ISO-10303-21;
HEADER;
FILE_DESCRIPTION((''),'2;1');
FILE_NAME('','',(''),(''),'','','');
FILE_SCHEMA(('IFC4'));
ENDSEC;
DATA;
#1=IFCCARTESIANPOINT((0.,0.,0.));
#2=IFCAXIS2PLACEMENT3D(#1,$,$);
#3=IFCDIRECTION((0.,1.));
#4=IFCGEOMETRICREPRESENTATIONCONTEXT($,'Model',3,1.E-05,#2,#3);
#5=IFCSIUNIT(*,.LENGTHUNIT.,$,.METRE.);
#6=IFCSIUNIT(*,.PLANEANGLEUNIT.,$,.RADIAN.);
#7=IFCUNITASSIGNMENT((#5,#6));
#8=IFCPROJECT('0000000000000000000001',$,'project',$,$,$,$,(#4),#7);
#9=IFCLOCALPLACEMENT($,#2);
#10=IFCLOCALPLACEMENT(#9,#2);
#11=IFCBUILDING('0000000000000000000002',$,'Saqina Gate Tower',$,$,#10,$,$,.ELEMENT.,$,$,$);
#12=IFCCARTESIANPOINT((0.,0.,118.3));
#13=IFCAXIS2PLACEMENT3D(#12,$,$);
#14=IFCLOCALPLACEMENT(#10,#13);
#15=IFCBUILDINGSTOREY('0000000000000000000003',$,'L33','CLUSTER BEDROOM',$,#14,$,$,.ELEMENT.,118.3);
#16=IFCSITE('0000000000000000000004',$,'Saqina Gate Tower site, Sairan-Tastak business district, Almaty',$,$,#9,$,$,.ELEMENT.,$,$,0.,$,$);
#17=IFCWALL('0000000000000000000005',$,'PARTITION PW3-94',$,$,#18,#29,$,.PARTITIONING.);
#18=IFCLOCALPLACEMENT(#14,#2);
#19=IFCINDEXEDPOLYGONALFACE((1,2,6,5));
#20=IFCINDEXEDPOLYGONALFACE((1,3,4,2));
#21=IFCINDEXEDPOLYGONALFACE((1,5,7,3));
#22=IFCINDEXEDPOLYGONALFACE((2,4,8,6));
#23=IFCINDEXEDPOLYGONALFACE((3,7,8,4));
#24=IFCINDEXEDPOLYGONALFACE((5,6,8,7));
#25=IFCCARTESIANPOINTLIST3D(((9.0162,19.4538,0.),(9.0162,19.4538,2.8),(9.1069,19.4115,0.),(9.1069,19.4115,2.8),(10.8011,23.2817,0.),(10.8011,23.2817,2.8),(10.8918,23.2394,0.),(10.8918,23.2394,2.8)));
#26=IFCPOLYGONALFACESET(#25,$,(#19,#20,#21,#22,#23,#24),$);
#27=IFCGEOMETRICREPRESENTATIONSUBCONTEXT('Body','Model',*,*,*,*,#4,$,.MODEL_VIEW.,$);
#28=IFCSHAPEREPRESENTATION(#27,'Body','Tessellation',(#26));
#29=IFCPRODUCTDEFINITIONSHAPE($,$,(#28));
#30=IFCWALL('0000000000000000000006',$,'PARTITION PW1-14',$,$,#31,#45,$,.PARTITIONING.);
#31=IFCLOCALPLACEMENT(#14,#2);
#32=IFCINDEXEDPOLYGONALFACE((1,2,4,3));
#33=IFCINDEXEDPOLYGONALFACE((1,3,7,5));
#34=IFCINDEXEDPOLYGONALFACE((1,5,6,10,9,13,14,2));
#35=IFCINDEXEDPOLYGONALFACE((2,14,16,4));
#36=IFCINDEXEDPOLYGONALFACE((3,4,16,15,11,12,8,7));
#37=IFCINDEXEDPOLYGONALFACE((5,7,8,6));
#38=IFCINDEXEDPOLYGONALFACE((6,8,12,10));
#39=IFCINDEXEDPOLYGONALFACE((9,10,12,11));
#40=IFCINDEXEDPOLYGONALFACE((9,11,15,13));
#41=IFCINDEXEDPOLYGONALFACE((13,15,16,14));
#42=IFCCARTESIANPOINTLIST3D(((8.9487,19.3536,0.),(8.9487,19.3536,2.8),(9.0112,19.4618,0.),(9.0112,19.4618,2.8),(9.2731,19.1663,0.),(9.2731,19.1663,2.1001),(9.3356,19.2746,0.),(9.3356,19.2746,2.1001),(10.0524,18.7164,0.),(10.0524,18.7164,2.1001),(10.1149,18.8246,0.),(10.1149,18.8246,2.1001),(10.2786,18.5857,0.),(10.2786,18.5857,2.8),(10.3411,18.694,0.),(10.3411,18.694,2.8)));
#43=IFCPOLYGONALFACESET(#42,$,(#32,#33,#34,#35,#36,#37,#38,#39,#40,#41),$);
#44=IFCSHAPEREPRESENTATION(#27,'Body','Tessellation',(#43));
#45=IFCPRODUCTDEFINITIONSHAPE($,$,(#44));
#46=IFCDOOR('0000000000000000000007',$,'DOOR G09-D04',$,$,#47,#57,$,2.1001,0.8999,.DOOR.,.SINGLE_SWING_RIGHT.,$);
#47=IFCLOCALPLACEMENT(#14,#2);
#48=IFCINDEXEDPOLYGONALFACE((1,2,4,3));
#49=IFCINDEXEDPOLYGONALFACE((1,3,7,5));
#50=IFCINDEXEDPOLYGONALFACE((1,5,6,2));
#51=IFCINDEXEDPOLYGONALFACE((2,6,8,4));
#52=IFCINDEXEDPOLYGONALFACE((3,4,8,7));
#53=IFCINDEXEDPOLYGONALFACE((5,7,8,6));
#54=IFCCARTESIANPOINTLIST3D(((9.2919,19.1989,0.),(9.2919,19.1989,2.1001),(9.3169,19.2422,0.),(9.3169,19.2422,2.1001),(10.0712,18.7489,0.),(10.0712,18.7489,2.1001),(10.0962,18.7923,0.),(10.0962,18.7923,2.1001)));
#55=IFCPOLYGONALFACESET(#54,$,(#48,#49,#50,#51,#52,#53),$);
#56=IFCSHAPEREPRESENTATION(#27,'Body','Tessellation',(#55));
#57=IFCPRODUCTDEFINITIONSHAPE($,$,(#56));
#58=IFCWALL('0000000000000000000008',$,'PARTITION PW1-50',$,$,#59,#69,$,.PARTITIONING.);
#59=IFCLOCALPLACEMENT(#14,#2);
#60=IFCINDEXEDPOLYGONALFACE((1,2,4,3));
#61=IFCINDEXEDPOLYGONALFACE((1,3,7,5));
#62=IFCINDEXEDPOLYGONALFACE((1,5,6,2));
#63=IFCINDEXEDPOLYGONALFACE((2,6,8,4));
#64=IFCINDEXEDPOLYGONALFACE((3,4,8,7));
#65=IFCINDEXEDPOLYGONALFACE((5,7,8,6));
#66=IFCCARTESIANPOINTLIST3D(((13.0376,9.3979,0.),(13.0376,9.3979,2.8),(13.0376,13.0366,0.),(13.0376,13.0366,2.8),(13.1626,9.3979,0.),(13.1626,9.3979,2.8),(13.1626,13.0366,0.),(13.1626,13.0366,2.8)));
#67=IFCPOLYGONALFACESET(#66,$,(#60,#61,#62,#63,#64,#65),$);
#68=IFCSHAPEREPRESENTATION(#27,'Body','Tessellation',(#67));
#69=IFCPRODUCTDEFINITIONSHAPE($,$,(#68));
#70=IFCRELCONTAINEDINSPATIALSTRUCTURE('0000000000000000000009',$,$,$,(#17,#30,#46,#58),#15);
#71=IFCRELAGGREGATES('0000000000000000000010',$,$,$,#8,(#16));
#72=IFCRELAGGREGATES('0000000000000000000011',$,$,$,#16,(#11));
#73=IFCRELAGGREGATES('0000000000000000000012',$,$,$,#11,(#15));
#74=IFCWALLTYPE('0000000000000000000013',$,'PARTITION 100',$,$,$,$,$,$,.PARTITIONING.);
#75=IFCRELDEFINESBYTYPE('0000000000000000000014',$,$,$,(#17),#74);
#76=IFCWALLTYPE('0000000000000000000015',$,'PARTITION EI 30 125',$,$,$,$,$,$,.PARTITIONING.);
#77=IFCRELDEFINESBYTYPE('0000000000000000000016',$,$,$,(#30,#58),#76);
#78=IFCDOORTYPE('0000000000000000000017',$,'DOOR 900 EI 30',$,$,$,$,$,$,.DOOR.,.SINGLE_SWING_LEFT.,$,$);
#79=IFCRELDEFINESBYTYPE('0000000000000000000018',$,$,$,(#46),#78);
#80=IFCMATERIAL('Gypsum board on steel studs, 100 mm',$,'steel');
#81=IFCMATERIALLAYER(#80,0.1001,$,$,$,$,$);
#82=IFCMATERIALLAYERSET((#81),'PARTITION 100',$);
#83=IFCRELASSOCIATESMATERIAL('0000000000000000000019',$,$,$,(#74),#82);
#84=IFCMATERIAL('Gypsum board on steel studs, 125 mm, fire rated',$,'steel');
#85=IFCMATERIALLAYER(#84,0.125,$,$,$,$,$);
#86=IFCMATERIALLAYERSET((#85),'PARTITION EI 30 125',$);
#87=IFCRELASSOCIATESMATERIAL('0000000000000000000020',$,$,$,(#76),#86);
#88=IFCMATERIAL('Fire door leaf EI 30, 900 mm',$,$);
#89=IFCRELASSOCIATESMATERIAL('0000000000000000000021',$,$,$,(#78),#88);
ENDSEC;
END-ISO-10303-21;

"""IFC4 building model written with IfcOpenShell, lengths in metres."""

from ifc_helpers import new_model, si_unit, direction, frame, frame_2d, origin, place, context, subcontext, project, spatial, rectangle, extrude, material, layer, layer_set, type_object, element, fill, save


model = new_model("IFC4")

# Units and contexts
model_context = context("Model", 3, precision=1e-05, world=origin(), true_north=direction((0.0, 1.0)))
body_context = subcontext(model_context, "Body", "Model", "MODEL_VIEW")
ifc_project = project(units=[si_unit("LENGTHUNIT", "METRE"), si_unit("PLANEANGLEUNIT", "RADIAN")], contexts=[model_context])

# Site, building, storey
site_placement = place(None, origin())
site = spatial("IfcSite", under=ifc_project, at=site_placement, Name="Saqina Gate Tower site, Sairan-Tastak business district, Almaty", CompositionType="ELEMENT", RefElevation=0.0)
building_placement = place(site_placement, origin())
building = spatial("IfcBuilding", under=site, at=building_placement, Name="Saqina Gate Tower", CompositionType="ELEMENT")
storey_placement = place(building_placement, frame((0.0, 0.0, 118.3)))
storey = spatial("IfcBuildingStorey", under=building, at=storey_placement, Name="L33", Description="CLUSTER BEDROOM", CompositionType="ELEMENT", Elevation=118.3)

# Shared definitions
ifc_material_1 = material(Name="Gypsum board on steel studs, 100 mm", Category="steel")
ifc_layer_1 = layer(ifc_material_1, 0.1001)
ifc_layer_set_1 = layer_set([ifc_layer_1], Name="PARTITION 100")
wall_type_1 = type_object("IfcWallType", Name="PARTITION 100", PredefinedType="PARTITIONING", material=ifc_layer_set_1)

# Wall
wall_1_placement = place(storey_placement, frame((9.0615, 19.4326, 0.0), z_axis=(0.0, 0.0, 1.0), x_axis=(0.422607, 0.906313, 0.0)))
element("IfcWall", 1, at=wall_1_placement, inside=storey, type_object=wall_type_1, Name="PARTITION PW3-94", PredefinedType="PARTITIONING", context=body_context, shape_type="SweptSolid", body=[
    extrude(rectangle(XDim=4.2236, YDim=0.1001, at=frame_2d((2.1118, 0.0))), origin(), (0.0, 0.0, 1.0), 2.8),
])

# Wall, opening, door
ifc_material_2 = material(Name="Gypsum board on steel studs, 125 mm, fire rated", Category="steel")
ifc_layer_2 = layer(ifc_material_2, 0.125)
ifc_layer_set_2 = layer_set([ifc_layer_2], Name="PARTITION EI 30 125")
wall_type_2 = type_object("IfcWallType", Name="PARTITION EI 30 125", PredefinedType="PARTITIONING", material=ifc_layer_set_2)
wall_2_placement = place(storey_placement, frame((8.98, 19.4077, 0.0), z_axis=(0.0, 0.0, 1.0), x_axis=(0.866013, -0.500021, 0.0)))
wall_2 = element("IfcWall", 2, at=wall_2_placement, inside=storey, type_object=wall_type_2, Name="PARTITION PW1-14", PredefinedType="PARTITIONING", context=body_context, shape_type="SweptSolid", body=[
    extrude(rectangle(XDim=1.5356, YDim=0.125, at=frame_2d((0.7678, 0.0))), origin(), (0.0, 0.0, 1.0), 2.8),
])
opening_1_placement = place(wall_2_placement, frame((0.3745, 0.0, 0.0)))
opening_1 = element("IfcOpeningElement", 3, at=opening_1_placement, cuts=wall_2, PredefinedType="OPENING", context=body_context, shape_type="SweptSolid", body=[
    extrude(rectangle(XDim=0.8999, YDim=2.1001, at=frame_2d((0.45, 1.05))), frame((0.0, 0.0745, 0.0), z_axis=(0.0, -1.0, 0.0), x_axis=(1.0, 0.0, 0.0)), (0.0, 0.0, 1.0), 0.1489),
])
ifc_material_3 = material(Name="Fire door leaf EI 30, 900 mm")
door_type_1 = type_object("IfcDoorType", Name="DOOR 900 EI 30", OperationType="SINGLE_SWING_LEFT", PredefinedType="DOOR", material=ifc_material_3)
door_1_placement = place(opening_1_placement, frame((0.8999, 0.0, 0.0), z_axis=(0.0, 0.0, 1.0), x_axis=(-1.0, 0.0, 0.0)))
door_1 = element("IfcDoor", 4, at=door_1_placement, inside=storey, type_object=door_type_1, Name="DOOR G09-D04", OperationType="SINGLE_SWING_RIGHT", OverallHeight=2.1001, OverallWidth=0.8999, PredefinedType="DOOR", context=body_context, shape_type="SweptSolid", body=[
    extrude(rectangle(XDim=0.8999, YDim=2.1001, at=frame_2d((0.45, 1.05))), frame((0.0, 0.0249, 0.0), z_axis=(0.0, -1.0, 0.0), x_axis=(1.0, 0.0, 0.0)), (0.0, 0.0, 1.0), 0.05),
])
fill(opening_1, door_1)

# Wall
wall_3_placement = place(storey_placement, frame((13.1001, 9.3979, 0.0), z_axis=(0.0, 0.0, 1.0), x_axis=(0.0, 1.0, 0.0)))
element("IfcWall", 5, at=wall_3_placement, inside=storey, type_object=wall_type_2, Name="PARTITION PW1-50", PredefinedType="PARTITIONING", context=body_context, shape_type="SweptSolid", body=[
    extrude(rectangle(XDim=3.6387, YDim=0.125, at=frame_2d((1.8193, 0.0))), origin(), (0.0, 0.0, 1.0), 2.8),
])

save(model, "model.ifc")
